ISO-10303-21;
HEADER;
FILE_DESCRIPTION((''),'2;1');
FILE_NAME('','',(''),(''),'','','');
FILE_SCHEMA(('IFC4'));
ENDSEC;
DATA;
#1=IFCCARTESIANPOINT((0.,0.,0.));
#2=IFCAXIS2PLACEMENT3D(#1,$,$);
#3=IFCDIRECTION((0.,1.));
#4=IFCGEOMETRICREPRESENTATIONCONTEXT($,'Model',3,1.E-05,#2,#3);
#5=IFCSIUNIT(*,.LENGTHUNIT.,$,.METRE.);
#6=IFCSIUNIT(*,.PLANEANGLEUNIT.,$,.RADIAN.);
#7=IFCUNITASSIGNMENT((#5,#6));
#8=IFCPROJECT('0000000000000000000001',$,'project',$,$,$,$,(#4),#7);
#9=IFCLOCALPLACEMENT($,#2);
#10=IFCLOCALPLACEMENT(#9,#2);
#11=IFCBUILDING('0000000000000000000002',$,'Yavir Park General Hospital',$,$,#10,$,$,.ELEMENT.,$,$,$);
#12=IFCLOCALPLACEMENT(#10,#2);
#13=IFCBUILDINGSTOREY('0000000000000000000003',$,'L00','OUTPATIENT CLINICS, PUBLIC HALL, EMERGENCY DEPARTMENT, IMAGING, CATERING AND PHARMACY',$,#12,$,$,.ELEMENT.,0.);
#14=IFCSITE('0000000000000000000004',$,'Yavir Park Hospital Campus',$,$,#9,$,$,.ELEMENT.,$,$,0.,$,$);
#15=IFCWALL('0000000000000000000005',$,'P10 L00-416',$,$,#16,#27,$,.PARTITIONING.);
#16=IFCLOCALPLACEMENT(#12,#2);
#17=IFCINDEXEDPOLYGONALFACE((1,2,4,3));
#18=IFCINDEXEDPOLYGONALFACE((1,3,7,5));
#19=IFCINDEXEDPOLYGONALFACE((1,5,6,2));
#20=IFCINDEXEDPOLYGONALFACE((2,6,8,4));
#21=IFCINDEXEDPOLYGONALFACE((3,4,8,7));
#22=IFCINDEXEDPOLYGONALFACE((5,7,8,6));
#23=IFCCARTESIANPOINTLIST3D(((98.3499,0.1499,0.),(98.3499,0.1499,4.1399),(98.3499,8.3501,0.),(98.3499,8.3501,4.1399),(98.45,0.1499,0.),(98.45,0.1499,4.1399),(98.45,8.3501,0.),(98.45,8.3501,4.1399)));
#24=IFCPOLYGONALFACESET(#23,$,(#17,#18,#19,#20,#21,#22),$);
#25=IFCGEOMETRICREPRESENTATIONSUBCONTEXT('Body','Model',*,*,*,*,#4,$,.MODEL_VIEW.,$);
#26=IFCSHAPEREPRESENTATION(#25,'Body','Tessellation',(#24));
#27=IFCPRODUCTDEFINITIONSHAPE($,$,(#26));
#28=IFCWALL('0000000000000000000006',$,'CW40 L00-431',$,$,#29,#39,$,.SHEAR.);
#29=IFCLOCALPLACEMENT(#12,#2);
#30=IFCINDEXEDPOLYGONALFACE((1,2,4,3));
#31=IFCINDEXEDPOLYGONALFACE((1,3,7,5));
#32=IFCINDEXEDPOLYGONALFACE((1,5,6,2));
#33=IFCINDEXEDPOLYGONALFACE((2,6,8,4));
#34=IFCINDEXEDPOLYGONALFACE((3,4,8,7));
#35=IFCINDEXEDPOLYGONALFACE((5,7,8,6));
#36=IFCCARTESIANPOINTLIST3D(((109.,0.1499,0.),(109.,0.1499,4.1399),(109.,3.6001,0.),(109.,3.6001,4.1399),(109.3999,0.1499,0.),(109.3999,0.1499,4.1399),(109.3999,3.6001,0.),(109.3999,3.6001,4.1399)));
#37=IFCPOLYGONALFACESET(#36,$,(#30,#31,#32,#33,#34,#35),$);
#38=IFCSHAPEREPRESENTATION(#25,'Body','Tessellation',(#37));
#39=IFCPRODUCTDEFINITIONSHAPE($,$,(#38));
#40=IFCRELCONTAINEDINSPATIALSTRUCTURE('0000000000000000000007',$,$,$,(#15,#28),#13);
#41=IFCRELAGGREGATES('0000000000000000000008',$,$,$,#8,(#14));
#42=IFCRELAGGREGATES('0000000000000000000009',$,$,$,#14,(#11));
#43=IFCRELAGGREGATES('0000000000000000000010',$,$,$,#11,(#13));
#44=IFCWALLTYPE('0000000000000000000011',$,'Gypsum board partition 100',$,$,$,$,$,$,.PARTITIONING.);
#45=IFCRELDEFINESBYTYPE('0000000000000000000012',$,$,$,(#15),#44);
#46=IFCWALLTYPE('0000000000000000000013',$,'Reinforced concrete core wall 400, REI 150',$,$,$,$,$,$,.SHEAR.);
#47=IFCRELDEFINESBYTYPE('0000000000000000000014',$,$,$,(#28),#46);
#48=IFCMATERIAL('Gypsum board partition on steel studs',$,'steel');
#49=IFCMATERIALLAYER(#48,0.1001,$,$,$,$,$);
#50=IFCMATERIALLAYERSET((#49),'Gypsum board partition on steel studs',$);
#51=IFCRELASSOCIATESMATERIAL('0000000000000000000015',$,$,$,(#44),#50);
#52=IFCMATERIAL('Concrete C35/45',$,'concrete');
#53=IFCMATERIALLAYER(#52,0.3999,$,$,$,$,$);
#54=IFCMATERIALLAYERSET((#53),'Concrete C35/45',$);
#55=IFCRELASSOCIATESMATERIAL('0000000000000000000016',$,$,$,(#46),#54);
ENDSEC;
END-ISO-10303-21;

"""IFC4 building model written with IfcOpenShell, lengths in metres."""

from ifc_helpers import new_model, si_unit, direction, frame, frame_2d, origin, place, context, subcontext, project, spatial, rectangle, extrude, material, layer, layer_set, type_object, element, save


model = new_model("IFC4")

# Units and contexts
model_context = context("Model", 3, precision=1e-05, world=origin(), true_north=direction((0.0, 1.0)))
body_context = subcontext(model_context, "Body", "Model", "MODEL_VIEW")
ifc_project = project(units=[si_unit("LENGTHUNIT", "METRE"), si_unit("PLANEANGLEUNIT", "RADIAN")], contexts=[model_context])

# Site, building, storey
site_placement = place(None, origin())
site = spatial("IfcSite", under=ifc_project, at=site_placement, Name="Yavir Park Hospital Campus", CompositionType="ELEMENT", RefElevation=0.0)
building_placement = place(site_placement, origin())
building = spatial("IfcBuilding", under=site, at=building_placement, Name="Yavir Park General Hospital", CompositionType="ELEMENT")
storey_placement = place(building_placement, origin())
storey = spatial("IfcBuildingStorey", under=building, at=storey_placement, Name="L00", Description="OUTPATIENT CLINICS, PUBLIC HALL, EMERGENCY DEPARTMENT, IMAGING, CATERING AND PHARMACY", CompositionType="ELEMENT", Elevation=0.0)

# Walls
ifc_material_1 = material(Name="Gypsum board partition on steel studs", Category="steel")
ifc_layer_1 = layer(ifc_material_1, 0.1001)
ifc_layer_set_1 = layer_set([ifc_layer_1], Name="Gypsum board partition on steel studs")
wall_type_1 = type_object("IfcWallType", Name="Gypsum board partition 100", PredefinedType="PARTITIONING", material=ifc_layer_set_1)
wall_1_placement = place(storey_placement, frame((98.3999, 0.1499, 0.0), z_axis=(0.0, 0.0, 1.0), x_axis=(0.0, 1.0, 0.0)))
element("IfcWall", 1, at=wall_1_placement, inside=storey, type_object=wall_type_1, Name="P10 L00-416", PredefinedType="PARTITIONING", context=body_context, shape_type="SweptSolid", body=[
    extrude(rectangle(XDim=8.2002, YDim=0.1001, at=frame_2d((4.1001, 0.0))), origin(), (0.0, 0.0, 1.0), 4.1399),
])
ifc_material_2 = material(Name="Concrete C35/45", Category="concrete")
ifc_layer_2 = layer(ifc_material_2, 0.3999)
ifc_layer_set_2 = layer_set([ifc_layer_2], Name="Concrete C35/45")
wall_type_2 = type_object("IfcWallType", Name="Reinforced concrete core wall 400, REI 150", PredefinedType="SHEAR", material=ifc_layer_set_2)
wall_2_placement = place(storey_placement, frame((109.2, 0.1499, 0.0), z_axis=(0.0, 0.0, 1.0), x_axis=(0.0, 1.0, 0.0)))
element("IfcWall", 2, at=wall_2_placement, inside=storey, type_object=wall_type_2, Name="CW40 L00-431", PredefinedType="SHEAR", context=body_context, shape_type="SweptSolid", body=[
    extrude(rectangle(XDim=3.4502, YDim=0.3999, at=frame_2d((1.7251, 0.0))), origin(), (0.0, 0.0, 1.0), 4.1399),
])

save(model, "model.ifc")
